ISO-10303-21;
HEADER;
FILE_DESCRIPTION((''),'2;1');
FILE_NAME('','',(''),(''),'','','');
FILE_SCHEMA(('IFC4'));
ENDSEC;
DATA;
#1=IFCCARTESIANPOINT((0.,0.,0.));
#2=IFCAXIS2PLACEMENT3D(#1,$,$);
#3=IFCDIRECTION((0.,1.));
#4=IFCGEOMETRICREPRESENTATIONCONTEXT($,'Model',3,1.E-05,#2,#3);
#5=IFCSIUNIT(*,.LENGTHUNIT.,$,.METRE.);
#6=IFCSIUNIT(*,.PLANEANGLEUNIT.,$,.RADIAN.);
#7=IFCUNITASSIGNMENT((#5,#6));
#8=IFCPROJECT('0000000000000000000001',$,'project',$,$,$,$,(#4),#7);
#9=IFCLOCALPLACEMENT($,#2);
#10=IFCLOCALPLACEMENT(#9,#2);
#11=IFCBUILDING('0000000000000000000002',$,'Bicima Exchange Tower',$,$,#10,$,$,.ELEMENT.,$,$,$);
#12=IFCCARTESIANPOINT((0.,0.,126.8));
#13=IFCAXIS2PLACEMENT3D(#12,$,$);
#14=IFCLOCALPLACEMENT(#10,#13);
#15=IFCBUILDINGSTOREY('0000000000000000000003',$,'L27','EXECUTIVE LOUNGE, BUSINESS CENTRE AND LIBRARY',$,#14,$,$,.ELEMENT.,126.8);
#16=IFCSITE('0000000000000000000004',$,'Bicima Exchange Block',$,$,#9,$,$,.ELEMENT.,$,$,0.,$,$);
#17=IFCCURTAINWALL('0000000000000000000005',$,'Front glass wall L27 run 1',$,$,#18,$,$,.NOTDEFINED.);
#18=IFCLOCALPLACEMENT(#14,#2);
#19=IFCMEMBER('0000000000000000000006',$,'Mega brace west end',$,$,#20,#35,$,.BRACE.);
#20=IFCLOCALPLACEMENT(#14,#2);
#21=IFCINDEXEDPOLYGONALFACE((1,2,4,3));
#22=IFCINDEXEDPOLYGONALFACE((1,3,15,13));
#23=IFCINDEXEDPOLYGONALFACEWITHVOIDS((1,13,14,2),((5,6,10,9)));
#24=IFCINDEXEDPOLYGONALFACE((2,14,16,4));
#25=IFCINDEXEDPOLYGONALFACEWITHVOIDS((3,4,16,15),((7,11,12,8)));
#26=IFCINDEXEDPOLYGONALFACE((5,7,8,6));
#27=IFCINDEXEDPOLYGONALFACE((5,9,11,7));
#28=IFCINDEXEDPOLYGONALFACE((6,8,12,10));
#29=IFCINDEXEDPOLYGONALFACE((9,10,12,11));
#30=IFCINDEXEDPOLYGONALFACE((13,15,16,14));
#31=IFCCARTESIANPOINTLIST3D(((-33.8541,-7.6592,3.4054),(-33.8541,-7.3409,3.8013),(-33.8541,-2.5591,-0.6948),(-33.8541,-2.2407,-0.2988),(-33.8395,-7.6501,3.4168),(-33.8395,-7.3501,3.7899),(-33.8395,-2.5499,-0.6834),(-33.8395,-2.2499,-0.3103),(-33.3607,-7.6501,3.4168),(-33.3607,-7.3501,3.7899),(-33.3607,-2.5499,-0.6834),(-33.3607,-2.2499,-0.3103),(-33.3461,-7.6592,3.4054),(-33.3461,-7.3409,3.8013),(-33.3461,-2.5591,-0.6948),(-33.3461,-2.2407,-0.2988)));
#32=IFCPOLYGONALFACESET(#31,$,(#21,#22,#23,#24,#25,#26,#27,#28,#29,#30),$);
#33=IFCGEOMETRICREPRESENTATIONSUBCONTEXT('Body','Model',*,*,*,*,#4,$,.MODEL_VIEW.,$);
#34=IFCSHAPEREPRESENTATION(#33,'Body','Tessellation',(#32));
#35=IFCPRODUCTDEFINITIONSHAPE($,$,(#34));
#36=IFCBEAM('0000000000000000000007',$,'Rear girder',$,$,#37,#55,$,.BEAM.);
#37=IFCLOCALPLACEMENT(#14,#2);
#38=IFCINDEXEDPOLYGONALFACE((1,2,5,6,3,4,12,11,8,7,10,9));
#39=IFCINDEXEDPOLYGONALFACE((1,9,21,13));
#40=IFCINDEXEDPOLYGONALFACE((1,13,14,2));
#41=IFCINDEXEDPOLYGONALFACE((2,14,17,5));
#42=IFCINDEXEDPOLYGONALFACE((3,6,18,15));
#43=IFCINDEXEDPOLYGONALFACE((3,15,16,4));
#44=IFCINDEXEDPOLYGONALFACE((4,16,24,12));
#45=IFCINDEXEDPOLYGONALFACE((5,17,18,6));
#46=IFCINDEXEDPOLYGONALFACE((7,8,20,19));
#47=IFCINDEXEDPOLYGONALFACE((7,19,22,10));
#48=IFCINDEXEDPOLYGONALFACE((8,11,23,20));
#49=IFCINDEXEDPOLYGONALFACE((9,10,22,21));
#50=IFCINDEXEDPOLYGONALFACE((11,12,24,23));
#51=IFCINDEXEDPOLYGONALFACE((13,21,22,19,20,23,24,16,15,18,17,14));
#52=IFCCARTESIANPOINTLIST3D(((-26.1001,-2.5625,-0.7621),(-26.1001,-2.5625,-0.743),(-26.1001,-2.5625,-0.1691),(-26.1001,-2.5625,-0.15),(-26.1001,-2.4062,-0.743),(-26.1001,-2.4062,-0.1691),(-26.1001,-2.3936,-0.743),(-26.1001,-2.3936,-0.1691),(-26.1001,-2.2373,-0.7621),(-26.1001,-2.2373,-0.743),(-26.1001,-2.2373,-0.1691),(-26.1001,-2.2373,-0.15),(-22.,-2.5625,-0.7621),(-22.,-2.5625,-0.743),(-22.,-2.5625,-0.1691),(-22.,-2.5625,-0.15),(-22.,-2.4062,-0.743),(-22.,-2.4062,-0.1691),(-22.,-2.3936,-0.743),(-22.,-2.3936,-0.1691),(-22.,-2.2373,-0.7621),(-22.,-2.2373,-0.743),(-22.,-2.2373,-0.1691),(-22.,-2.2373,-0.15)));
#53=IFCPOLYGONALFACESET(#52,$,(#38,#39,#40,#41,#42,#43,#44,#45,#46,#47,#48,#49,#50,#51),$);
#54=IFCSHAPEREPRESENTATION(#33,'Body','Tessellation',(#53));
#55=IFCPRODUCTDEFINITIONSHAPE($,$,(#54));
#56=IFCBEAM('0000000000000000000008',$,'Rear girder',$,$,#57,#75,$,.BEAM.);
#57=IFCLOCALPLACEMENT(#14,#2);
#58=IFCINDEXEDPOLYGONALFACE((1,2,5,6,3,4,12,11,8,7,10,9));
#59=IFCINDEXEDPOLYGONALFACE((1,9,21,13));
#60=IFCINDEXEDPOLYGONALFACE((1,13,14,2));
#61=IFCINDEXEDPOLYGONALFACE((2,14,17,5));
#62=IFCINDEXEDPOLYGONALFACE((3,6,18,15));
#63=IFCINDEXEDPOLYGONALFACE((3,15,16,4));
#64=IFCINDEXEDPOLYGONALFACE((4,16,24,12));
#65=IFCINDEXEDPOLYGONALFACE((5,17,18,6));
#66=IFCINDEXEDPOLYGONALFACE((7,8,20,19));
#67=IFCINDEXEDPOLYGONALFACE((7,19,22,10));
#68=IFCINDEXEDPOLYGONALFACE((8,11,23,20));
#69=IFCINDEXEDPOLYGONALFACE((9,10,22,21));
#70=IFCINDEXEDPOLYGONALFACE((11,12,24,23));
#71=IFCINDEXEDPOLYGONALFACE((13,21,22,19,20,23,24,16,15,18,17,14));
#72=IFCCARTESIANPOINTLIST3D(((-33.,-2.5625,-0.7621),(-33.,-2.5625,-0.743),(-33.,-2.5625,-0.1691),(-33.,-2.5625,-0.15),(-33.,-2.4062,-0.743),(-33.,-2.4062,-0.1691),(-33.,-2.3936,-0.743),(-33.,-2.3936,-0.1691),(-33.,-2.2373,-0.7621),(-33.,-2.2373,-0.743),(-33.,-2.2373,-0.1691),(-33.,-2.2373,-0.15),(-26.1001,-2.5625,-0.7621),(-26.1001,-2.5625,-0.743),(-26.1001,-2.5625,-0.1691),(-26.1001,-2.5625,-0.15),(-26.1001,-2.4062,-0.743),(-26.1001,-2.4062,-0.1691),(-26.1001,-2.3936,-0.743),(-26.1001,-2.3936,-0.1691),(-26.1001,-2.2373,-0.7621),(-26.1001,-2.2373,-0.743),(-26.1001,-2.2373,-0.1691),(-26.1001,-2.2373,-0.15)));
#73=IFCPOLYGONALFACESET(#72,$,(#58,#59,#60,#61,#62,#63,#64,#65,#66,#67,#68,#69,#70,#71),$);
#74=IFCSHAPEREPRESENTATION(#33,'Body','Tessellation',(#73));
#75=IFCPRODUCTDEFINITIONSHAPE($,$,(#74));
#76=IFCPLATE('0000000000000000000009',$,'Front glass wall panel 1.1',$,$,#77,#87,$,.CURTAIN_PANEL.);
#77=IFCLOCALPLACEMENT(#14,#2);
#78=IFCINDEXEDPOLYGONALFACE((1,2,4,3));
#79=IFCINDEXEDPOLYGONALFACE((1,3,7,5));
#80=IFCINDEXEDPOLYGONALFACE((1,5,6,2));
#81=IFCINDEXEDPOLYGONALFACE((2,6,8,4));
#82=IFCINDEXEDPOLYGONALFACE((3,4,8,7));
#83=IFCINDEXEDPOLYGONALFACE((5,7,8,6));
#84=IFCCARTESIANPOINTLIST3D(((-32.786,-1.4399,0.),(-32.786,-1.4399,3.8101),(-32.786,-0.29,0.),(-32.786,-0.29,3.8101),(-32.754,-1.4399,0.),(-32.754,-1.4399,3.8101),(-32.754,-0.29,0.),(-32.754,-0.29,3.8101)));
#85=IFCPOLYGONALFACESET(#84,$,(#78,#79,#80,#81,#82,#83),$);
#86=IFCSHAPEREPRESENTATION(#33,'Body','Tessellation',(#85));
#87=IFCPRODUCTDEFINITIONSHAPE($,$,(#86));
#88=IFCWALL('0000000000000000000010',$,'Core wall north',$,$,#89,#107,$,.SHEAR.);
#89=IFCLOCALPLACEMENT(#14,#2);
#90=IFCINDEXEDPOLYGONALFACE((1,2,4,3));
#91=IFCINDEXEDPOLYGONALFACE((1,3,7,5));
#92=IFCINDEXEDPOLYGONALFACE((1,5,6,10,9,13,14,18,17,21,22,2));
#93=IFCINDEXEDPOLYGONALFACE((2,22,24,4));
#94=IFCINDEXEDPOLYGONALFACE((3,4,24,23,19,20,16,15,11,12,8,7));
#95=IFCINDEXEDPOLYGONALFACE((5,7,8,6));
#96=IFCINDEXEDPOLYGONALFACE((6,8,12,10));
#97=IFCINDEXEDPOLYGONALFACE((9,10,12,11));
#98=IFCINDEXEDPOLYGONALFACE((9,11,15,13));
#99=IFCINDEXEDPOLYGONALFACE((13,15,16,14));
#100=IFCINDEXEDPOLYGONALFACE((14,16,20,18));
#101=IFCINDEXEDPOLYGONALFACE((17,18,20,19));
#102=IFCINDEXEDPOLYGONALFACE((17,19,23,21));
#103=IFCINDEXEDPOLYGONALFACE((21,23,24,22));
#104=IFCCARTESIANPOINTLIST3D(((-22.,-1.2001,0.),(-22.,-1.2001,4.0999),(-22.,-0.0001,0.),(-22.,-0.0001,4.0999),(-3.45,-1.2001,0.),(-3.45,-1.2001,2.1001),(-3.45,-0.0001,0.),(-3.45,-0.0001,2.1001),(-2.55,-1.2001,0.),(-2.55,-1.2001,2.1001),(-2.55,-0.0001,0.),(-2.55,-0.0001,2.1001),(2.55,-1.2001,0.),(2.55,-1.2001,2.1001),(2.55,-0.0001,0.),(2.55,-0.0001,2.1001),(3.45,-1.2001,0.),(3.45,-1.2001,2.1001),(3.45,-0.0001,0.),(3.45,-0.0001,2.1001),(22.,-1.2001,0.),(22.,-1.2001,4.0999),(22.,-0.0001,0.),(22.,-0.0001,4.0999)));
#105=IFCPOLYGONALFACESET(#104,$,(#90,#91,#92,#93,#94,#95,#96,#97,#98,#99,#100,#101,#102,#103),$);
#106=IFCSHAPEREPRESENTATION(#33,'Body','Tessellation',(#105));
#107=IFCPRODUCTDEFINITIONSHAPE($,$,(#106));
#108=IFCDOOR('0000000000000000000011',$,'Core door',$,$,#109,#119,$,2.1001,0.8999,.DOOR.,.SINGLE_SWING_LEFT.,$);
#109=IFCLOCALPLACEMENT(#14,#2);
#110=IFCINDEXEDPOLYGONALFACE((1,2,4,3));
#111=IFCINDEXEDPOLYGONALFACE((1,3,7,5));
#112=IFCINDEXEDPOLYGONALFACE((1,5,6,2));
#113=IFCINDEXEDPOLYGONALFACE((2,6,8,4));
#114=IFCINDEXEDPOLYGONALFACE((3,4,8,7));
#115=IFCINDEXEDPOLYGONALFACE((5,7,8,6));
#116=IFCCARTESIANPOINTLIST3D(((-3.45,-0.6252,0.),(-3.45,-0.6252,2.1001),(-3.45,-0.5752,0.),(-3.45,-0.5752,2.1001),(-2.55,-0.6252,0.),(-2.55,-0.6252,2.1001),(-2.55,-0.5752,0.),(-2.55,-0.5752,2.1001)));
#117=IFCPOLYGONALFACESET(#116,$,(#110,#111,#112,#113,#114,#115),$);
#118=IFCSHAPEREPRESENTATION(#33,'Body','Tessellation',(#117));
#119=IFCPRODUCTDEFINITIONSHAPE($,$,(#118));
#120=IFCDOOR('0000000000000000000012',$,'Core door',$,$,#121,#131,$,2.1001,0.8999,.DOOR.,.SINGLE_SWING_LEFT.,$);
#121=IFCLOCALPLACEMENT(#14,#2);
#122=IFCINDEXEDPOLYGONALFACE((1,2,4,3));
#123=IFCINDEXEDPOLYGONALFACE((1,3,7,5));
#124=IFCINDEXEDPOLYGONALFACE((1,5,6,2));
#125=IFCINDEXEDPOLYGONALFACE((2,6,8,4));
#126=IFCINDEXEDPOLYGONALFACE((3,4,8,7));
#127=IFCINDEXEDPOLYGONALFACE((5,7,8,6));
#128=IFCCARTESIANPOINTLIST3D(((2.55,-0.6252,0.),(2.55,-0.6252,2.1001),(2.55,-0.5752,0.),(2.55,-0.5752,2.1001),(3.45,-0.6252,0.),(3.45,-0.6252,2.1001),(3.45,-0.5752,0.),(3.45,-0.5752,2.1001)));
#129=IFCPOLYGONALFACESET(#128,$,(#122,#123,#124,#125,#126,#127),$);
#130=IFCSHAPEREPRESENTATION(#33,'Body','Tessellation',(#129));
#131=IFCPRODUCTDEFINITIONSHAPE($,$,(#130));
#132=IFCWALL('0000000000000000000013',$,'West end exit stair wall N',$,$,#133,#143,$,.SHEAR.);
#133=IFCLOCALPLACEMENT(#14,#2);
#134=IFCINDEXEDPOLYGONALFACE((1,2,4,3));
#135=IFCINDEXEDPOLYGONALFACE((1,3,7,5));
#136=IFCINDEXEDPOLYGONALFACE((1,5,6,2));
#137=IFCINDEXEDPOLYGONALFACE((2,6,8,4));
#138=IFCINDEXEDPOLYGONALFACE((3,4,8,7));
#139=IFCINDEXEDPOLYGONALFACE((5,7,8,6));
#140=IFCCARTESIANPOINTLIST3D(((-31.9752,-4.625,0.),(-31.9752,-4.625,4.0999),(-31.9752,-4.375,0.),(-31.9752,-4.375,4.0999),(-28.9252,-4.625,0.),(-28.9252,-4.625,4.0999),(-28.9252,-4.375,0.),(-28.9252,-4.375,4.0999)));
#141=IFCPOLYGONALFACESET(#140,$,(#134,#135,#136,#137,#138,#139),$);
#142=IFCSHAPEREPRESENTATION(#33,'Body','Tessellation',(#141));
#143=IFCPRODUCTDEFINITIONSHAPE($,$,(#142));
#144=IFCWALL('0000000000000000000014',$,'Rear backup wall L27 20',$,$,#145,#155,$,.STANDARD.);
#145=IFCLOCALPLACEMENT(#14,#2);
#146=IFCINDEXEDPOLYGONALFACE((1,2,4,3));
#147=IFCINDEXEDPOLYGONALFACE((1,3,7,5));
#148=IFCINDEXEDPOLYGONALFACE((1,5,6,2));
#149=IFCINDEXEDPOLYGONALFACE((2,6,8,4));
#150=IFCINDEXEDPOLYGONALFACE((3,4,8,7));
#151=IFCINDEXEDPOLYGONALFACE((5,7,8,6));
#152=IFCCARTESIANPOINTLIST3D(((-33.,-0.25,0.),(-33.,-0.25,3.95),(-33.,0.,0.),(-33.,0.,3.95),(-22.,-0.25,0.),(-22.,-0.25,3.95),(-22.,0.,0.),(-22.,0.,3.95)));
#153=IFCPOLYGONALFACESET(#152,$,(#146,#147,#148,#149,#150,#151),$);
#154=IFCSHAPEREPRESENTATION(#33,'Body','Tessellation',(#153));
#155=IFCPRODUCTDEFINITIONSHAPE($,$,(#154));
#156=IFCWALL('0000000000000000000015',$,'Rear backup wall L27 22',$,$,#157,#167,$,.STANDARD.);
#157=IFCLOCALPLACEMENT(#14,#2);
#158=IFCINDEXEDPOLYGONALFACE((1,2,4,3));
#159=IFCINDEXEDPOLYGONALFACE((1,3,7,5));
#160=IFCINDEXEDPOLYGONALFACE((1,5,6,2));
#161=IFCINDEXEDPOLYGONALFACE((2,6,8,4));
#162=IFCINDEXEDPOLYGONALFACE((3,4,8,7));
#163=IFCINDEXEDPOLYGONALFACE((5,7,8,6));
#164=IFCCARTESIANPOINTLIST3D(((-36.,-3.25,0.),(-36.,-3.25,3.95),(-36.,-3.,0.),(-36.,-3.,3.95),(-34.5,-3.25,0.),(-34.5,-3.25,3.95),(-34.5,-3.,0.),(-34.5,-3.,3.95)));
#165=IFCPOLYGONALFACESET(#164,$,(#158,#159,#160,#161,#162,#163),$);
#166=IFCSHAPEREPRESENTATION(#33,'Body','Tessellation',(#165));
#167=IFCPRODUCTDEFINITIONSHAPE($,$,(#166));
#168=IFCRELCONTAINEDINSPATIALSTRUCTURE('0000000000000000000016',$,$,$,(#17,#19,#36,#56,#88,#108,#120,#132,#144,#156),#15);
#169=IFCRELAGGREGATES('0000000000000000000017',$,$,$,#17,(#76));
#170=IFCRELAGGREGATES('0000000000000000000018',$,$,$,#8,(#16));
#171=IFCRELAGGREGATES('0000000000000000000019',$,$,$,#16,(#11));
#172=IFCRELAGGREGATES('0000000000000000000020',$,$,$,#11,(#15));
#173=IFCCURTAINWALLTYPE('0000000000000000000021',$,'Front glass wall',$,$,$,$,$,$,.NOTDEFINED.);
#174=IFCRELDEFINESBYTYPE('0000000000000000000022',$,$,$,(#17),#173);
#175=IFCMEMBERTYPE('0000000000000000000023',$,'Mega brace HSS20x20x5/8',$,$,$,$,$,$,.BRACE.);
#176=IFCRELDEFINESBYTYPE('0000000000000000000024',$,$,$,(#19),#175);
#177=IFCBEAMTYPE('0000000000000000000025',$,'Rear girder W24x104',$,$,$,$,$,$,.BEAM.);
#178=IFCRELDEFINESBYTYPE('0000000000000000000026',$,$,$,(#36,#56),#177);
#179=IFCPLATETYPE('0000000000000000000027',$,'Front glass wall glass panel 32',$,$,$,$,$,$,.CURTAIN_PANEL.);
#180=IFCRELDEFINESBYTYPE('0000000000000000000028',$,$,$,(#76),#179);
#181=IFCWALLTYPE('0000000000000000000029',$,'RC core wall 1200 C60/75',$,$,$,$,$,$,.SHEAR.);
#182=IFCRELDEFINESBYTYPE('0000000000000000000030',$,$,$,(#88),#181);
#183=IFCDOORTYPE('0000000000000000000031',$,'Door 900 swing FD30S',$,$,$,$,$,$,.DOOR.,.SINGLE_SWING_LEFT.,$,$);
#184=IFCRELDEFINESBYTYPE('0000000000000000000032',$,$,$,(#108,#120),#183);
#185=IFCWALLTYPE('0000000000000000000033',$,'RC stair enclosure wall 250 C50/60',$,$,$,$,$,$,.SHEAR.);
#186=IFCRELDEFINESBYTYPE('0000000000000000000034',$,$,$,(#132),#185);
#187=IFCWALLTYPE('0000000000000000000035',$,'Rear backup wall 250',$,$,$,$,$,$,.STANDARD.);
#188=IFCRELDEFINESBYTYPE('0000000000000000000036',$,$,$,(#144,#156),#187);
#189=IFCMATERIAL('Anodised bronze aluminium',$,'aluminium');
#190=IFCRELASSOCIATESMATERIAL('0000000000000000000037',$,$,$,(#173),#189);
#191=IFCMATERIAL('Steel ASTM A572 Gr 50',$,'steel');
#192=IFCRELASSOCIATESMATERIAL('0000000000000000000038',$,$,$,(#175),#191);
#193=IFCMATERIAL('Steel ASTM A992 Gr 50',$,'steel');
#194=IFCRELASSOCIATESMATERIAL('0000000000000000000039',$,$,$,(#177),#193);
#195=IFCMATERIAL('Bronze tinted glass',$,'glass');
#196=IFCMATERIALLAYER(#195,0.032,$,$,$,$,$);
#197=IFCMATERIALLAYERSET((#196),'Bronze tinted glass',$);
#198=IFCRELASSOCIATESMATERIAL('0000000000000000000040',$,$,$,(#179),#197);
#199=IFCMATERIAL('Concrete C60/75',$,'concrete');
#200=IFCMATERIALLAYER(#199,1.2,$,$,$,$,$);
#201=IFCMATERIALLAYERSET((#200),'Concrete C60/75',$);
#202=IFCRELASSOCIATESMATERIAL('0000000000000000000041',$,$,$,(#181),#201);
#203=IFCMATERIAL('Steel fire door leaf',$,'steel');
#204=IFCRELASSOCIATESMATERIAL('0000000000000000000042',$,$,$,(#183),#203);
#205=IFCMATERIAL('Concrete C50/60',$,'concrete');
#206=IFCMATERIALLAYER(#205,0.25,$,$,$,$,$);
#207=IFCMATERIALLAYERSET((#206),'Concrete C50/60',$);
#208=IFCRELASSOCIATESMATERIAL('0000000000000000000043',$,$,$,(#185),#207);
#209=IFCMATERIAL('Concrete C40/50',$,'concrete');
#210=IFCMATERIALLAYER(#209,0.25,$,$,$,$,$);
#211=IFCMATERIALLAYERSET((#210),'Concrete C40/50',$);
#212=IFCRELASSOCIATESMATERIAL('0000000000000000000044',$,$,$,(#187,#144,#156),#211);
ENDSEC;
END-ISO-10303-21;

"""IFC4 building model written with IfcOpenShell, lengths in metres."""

from ifc_helpers import new_model, si_unit, direction, frame, frame_2d, origin, origin_2d, place, context, subcontext, project, spatial, rectangle, hollow_rectangle, i_section, extrude, material, layer, layer_set, layer_usage, material_profile, profile_set, type_object, element, fill, aggregate, save


model = new_model("IFC4")

# Units and contexts
model_context = context("Model", 3, precision=1e-05, world=origin(), true_north=direction((0.0, 1.0)))
body_context = subcontext(model_context, "Body", "Model", "MODEL_VIEW")
ifc_project = project(units=[si_unit("LENGTHUNIT", "METRE"), si_unit("PLANEANGLEUNIT", "RADIAN")], contexts=[model_context])

# Site, building, storey
site_placement = place(None, origin())
site = spatial("IfcSite", under=ifc_project, at=site_placement, Name="Bicima Exchange Block", CompositionType="ELEMENT", RefElevation=0.0)
building_placement = place(site_placement, origin())
building = spatial("IfcBuilding", under=site, at=building_placement, Name="Bicima Exchange Tower", CompositionType="ELEMENT")
storey_placement = place(building_placement, frame((0.0, 0.0, 126.8)))
storey = spatial("IfcBuildingStorey", under=building, at=storey_placement, Name="L27", Description="EXECUTIVE LOUNGE, BUSINESS CENTRE AND LIBRARY", CompositionType="ELEMENT", Elevation=126.8)

# Shared definitions
ifc_material_1 = material(Name="Steel ASTM A572 Gr 50", Category="steel")
ifc_material_2 = material(Name="Steel ASTM A992 Gr 50", Category="steel")

# Curtain wall
ifc_material_3 = material(Name="Anodised bronze aluminium", Category="aluminium")
curtain_wall_type = type_object("IfcCurtainWallType", Name="Front glass wall", PredefinedType="NOTDEFINED", material=ifc_material_3)
curtain_wall_placement = place(storey_placement, origin())
curtain_wall = element("IfcCurtainWall", 1, at=curtain_wall_placement, inside=storey, type_object=curtain_wall_type, Name="Front glass wall L27 run 1", PredefinedType="NOTDEFINED")

# Member
ifc_material_profile_1 = material_profile(ifc_material_1, hollow_rectangle(XDim=0.5081, YDim=0.5081, WallThickness=0.0146, at=origin_2d()))
ifc_profile_set_1 = profile_set([ifc_material_profile_1], Name="Steel ASTM A572 Gr 50")
member_type_1 = type_object("IfcMemberType", Name="Mega brace HSS20x20x5/8", PredefinedType="BRACE", material=ifc_profile_set_1)
member_1_placement = place(storey_placement, frame((-33.6001, -2.3999, -0.4968), z_axis=(0.0, -0.779374, 0.626559), x_axis=(1.0, 0.0, 0.0)))
element("IfcMember", 2, at=member_1_placement, inside=storey, type_object=member_type_1, Name="Mega brace west end", PredefinedType="BRACE", context=body_context, shape_type="SweptSolid", body=[
    extrude(hollow_rectangle(XDim=0.5081, YDim=0.5081, WallThickness=0.0146, at=origin_2d()), origin(), (0.0, 0.0, 1.0), 6.5439),
])

# Beams
ifc_material_profile_2 = material_profile(ifc_material_2, i_section(OverallWidth=0.3252, OverallDepth=0.6121, WebThickness=0.0127, FlangeThickness=0.019, at=origin_2d()))
ifc_profile_set_2 = profile_set([ifc_material_profile_2], Name="Steel ASTM A992 Gr 50")
beam_type_1 = type_object("IfcBeamType", Name="Rear girder W24x104", PredefinedType="BEAM", material=ifc_profile_set_2)
beam_1_placement = place(storey_placement, frame((-22.0, -2.3999, -0.4561), z_axis=(-1.0, 0.0, 0.0), x_axis=(0.0, -1.0, 0.0)))
element("IfcBeam", 3, at=beam_1_placement, inside=storey, type_object=beam_type_1, Name="Rear girder", PredefinedType="BEAM", context=body_context, shape_type="SweptSolid", body=[
    extrude(i_section(OverallWidth=0.3252, OverallDepth=0.6121, WebThickness=0.0127, FlangeThickness=0.019, at=origin_2d()), origin(), (0.0, 0.0, 1.0), 4.1001),
])
beam_2_placement = place(storey_placement, frame((-26.1001, -2.3999, -0.4561), z_axis=(-1.0, 0.0, 0.0), x_axis=(0.0, -1.0, 0.0)))
element("IfcBeam", 4, at=beam_2_placement, inside=storey, type_object=beam_type_1, Name="Rear girder", PredefinedType="BEAM", context=body_context, shape_type="SweptSolid", body=[
    extrude(i_section(OverallWidth=0.3252, OverallDepth=0.6121, WebThickness=0.0127, FlangeThickness=0.019, at=origin_2d()), origin(), (0.0, 0.0, 1.0), 6.8999),
])

# Plate
ifc_material_4 = material(Name="Bronze tinted glass", Category="glass")
ifc_layer_1 = layer(ifc_material_4, 0.032)
ifc_layer_set_1 = layer_set([ifc_layer_1], Name="Bronze tinted glass")
plate_type = type_object("IfcPlateType", Name="Front glass wall glass panel 32", PredefinedType="CURTAIN_PANEL", material=ifc_layer_set_1)
plate_placement = place(storey_placement, frame((-32.77, -0.865, 0.0), z_axis=(0.0, 0.0, 1.0), x_axis=(0.0, -1.0, 0.0)))
plate = element("IfcPlate", 5, at=plate_placement, type_object=plate_type, Name="Front glass wall panel 1.1", PredefinedType="CURTAIN_PANEL", context=body_context, shape_type="SweptSolid", body=[
    extrude(rectangle(XDim=1.1499, YDim=0.032, at=origin_2d()), origin(), (0.0, 0.0, 1.0), 3.8101),
])
aggregate(curtain_wall, [plate])

# Wall, openings, doors
ifc_material_5 = material(Name="Concrete C60/75", Category="concrete")
ifc_layer_2 = layer(ifc_material_5, 1.2)
ifc_layer_set_2 = layer_set([ifc_layer_2], Name="Concrete C60/75")
wall_type_1 = type_object("IfcWallType", Name="RC core wall 1200 C60/75", PredefinedType="SHEAR", material=ifc_layer_set_2)
wall_1_placement = place(storey_placement, frame((-22.0, -0.6001, 0.0), z_axis=(0.0, 0.0, 1.0), x_axis=(1.0, 0.0, 0.0)))
wall_1 = element("IfcWall", 6, at=wall_1_placement, inside=storey, type_object=wall_type_1, Name="Core wall north", PredefinedType="SHEAR", context=body_context, shape_type="SweptSolid", body=[
    extrude(rectangle(XDim=44.0, YDim=1.2, at=frame_2d((22.0, 0.0))), origin(), (0.0, 0.0, 1.0), 4.0999),
])
opening_1_placement = place(wall_1_placement, frame((18.55, 0.0, 0.0)))
opening_1 = element("IfcOpeningElement", 7, at=opening_1_placement, cuts=wall_1, PredefinedType="OPENING", context=body_context, shape_type="SweptSolid", body=[
    extrude(rectangle(XDim=0.8999, YDim=2.1001, at=frame_2d((0.45, 1.05))), frame((0.0, 0.6118, 0.0), z_axis=(0.0, -1.0, 0.0), x_axis=(1.0, 0.0, 0.0)), (0.0, 0.0, 1.0), 1.2239),
])
opening_2_placement = place(wall_1_placement, frame((24.55, 0.0, 0.0)))
opening_2 = element("IfcOpeningElement", 8, at=opening_2_placement, cuts=wall_1, PredefinedType="OPENING", context=body_context, shape_type="SweptSolid", body=[
    extrude(rectangle(XDim=0.8999, YDim=2.1001, at=frame_2d((0.45, 1.05))), frame((0.0, 0.6118, 0.0), z_axis=(0.0, -1.0, 0.0), x_axis=(1.0, 0.0, 0.0)), (0.0, 0.0, 1.0), 1.2239),
])
ifc_material_6 = material(Name="Steel fire door leaf", Category="steel")
door_type = type_object("IfcDoorType", Name="Door 900 swing FD30S", OperationType="SINGLE_SWING_LEFT", PredefinedType="DOOR", material=ifc_material_6)
door_1_placement = place(opening_1_placement, origin())
door_1 = element("IfcDoor", 9, at=door_1_placement, inside=storey, type_object=door_type, Name="Core door", OperationType="SINGLE_SWING_LEFT", OverallHeight=2.1001, OverallWidth=0.8999, PredefinedType="DOOR", context=body_context, shape_type="SweptSolid", body=[
    extrude(rectangle(XDim=0.8999, YDim=2.1001, at=frame_2d((0.45, 1.05))), frame((0.0, 0.0249, 0.0), z_axis=(0.0, -1.0, 0.0), x_axis=(1.0, 0.0, 0.0)), (0.0, 0.0, 1.0), 0.05),
])
fill(opening_1, door_1)
door_2_placement = place(opening_2_placement, origin())
door_2 = element("IfcDoor", 10, at=door_2_placement, inside=storey, type_object=door_type, Name="Core door", OperationType="SINGLE_SWING_LEFT", OverallHeight=2.1001, OverallWidth=0.8999, PredefinedType="DOOR", context=body_context, shape_type="SweptSolid", body=[
    extrude(rectangle(XDim=0.8999, YDim=2.1001, at=frame_2d((0.45, 1.05))), frame((0.0, 0.0249, 0.0), z_axis=(0.0, -1.0, 0.0), x_axis=(1.0, 0.0, 0.0)), (0.0, 0.0, 1.0), 0.05),
])
fill(opening_2, door_2)

# Walls
ifc_material_7 = material(Name="Concrete C50/60", Category="concrete")
ifc_layer_3 = layer(ifc_material_7, 0.25)
ifc_layer_set_3 = layer_set([ifc_layer_3], Name="Concrete C50/60")
wall_type_2 = type_object("IfcWallType", Name="RC stair enclosure wall 250 C50/60", PredefinedType="SHEAR", material=ifc_layer_set_3)
wall_2_placement = place(storey_placement, frame((-31.9751, -4.5, 0.0), z_axis=(0.0, 0.0, 1.0), x_axis=(1.0, 0.0, 0.0)))
element("IfcWall", 11, at=wall_2_placement, inside=storey, type_object=wall_type_2, Name="West end exit stair wall N", PredefinedType="SHEAR", context=body_context, shape_type="SweptSolid", body=[
    extrude(rectangle(XDim=3.05, YDim=0.25, at=frame_2d((1.5249, 0.0))), origin(), (0.0, 0.0, 1.0), 4.0999),
])
ifc_material_8 = material(Name="Concrete C40/50", Category="concrete")
ifc_layer_4 = layer(ifc_material_8, 0.25)
ifc_layer_set_4 = layer_set([ifc_layer_4], Name="Concrete C40/50")
ifc_layer_usage = layer_usage(ifc_layer_set_4, "AXIS2", "POSITIVE", -0.125)
wall_type_3 = type_object("IfcWallType", Name="Rear backup wall 250", PredefinedType="STANDARD", material=ifc_layer_set_4)
wall_3_placement = place(storey_placement, frame((-22.0, -0.125, 0.0), z_axis=(0.0, 0.0, 1.0), x_axis=(-1.0, 0.0, 0.0)))
element("IfcWall", 12, at=wall_3_placement, inside=storey, type_object=wall_type_3, material=ifc_layer_usage, Name="Rear backup wall L27 20", PredefinedType="STANDARD", context=body_context, shape_type="SweptSolid", body=[
    extrude(rectangle(XDim=11.0, YDim=0.25, at=frame_2d((5.5, 0.0))), origin(), (0.0, 0.0, 1.0), 3.95),
])
wall_4_placement = place(storey_placement, frame((-34.5, -3.125, 0.0), z_axis=(0.0, 0.0, 1.0), x_axis=(-1.0, 0.0, 0.0)))
element("IfcWall", 13, at=wall_4_placement, inside=storey, type_object=wall_type_3, material=ifc_layer_usage, Name="Rear backup wall L27 22", PredefinedType="STANDARD", context=body_context, shape_type="SweptSolid", body=[
    extrude(rectangle(XDim=1.5, YDim=0.25, at=frame_2d((0.75, 0.0))), origin(), (0.0, 0.0, 1.0), 3.95),
])

save(model, "model.ifc")
